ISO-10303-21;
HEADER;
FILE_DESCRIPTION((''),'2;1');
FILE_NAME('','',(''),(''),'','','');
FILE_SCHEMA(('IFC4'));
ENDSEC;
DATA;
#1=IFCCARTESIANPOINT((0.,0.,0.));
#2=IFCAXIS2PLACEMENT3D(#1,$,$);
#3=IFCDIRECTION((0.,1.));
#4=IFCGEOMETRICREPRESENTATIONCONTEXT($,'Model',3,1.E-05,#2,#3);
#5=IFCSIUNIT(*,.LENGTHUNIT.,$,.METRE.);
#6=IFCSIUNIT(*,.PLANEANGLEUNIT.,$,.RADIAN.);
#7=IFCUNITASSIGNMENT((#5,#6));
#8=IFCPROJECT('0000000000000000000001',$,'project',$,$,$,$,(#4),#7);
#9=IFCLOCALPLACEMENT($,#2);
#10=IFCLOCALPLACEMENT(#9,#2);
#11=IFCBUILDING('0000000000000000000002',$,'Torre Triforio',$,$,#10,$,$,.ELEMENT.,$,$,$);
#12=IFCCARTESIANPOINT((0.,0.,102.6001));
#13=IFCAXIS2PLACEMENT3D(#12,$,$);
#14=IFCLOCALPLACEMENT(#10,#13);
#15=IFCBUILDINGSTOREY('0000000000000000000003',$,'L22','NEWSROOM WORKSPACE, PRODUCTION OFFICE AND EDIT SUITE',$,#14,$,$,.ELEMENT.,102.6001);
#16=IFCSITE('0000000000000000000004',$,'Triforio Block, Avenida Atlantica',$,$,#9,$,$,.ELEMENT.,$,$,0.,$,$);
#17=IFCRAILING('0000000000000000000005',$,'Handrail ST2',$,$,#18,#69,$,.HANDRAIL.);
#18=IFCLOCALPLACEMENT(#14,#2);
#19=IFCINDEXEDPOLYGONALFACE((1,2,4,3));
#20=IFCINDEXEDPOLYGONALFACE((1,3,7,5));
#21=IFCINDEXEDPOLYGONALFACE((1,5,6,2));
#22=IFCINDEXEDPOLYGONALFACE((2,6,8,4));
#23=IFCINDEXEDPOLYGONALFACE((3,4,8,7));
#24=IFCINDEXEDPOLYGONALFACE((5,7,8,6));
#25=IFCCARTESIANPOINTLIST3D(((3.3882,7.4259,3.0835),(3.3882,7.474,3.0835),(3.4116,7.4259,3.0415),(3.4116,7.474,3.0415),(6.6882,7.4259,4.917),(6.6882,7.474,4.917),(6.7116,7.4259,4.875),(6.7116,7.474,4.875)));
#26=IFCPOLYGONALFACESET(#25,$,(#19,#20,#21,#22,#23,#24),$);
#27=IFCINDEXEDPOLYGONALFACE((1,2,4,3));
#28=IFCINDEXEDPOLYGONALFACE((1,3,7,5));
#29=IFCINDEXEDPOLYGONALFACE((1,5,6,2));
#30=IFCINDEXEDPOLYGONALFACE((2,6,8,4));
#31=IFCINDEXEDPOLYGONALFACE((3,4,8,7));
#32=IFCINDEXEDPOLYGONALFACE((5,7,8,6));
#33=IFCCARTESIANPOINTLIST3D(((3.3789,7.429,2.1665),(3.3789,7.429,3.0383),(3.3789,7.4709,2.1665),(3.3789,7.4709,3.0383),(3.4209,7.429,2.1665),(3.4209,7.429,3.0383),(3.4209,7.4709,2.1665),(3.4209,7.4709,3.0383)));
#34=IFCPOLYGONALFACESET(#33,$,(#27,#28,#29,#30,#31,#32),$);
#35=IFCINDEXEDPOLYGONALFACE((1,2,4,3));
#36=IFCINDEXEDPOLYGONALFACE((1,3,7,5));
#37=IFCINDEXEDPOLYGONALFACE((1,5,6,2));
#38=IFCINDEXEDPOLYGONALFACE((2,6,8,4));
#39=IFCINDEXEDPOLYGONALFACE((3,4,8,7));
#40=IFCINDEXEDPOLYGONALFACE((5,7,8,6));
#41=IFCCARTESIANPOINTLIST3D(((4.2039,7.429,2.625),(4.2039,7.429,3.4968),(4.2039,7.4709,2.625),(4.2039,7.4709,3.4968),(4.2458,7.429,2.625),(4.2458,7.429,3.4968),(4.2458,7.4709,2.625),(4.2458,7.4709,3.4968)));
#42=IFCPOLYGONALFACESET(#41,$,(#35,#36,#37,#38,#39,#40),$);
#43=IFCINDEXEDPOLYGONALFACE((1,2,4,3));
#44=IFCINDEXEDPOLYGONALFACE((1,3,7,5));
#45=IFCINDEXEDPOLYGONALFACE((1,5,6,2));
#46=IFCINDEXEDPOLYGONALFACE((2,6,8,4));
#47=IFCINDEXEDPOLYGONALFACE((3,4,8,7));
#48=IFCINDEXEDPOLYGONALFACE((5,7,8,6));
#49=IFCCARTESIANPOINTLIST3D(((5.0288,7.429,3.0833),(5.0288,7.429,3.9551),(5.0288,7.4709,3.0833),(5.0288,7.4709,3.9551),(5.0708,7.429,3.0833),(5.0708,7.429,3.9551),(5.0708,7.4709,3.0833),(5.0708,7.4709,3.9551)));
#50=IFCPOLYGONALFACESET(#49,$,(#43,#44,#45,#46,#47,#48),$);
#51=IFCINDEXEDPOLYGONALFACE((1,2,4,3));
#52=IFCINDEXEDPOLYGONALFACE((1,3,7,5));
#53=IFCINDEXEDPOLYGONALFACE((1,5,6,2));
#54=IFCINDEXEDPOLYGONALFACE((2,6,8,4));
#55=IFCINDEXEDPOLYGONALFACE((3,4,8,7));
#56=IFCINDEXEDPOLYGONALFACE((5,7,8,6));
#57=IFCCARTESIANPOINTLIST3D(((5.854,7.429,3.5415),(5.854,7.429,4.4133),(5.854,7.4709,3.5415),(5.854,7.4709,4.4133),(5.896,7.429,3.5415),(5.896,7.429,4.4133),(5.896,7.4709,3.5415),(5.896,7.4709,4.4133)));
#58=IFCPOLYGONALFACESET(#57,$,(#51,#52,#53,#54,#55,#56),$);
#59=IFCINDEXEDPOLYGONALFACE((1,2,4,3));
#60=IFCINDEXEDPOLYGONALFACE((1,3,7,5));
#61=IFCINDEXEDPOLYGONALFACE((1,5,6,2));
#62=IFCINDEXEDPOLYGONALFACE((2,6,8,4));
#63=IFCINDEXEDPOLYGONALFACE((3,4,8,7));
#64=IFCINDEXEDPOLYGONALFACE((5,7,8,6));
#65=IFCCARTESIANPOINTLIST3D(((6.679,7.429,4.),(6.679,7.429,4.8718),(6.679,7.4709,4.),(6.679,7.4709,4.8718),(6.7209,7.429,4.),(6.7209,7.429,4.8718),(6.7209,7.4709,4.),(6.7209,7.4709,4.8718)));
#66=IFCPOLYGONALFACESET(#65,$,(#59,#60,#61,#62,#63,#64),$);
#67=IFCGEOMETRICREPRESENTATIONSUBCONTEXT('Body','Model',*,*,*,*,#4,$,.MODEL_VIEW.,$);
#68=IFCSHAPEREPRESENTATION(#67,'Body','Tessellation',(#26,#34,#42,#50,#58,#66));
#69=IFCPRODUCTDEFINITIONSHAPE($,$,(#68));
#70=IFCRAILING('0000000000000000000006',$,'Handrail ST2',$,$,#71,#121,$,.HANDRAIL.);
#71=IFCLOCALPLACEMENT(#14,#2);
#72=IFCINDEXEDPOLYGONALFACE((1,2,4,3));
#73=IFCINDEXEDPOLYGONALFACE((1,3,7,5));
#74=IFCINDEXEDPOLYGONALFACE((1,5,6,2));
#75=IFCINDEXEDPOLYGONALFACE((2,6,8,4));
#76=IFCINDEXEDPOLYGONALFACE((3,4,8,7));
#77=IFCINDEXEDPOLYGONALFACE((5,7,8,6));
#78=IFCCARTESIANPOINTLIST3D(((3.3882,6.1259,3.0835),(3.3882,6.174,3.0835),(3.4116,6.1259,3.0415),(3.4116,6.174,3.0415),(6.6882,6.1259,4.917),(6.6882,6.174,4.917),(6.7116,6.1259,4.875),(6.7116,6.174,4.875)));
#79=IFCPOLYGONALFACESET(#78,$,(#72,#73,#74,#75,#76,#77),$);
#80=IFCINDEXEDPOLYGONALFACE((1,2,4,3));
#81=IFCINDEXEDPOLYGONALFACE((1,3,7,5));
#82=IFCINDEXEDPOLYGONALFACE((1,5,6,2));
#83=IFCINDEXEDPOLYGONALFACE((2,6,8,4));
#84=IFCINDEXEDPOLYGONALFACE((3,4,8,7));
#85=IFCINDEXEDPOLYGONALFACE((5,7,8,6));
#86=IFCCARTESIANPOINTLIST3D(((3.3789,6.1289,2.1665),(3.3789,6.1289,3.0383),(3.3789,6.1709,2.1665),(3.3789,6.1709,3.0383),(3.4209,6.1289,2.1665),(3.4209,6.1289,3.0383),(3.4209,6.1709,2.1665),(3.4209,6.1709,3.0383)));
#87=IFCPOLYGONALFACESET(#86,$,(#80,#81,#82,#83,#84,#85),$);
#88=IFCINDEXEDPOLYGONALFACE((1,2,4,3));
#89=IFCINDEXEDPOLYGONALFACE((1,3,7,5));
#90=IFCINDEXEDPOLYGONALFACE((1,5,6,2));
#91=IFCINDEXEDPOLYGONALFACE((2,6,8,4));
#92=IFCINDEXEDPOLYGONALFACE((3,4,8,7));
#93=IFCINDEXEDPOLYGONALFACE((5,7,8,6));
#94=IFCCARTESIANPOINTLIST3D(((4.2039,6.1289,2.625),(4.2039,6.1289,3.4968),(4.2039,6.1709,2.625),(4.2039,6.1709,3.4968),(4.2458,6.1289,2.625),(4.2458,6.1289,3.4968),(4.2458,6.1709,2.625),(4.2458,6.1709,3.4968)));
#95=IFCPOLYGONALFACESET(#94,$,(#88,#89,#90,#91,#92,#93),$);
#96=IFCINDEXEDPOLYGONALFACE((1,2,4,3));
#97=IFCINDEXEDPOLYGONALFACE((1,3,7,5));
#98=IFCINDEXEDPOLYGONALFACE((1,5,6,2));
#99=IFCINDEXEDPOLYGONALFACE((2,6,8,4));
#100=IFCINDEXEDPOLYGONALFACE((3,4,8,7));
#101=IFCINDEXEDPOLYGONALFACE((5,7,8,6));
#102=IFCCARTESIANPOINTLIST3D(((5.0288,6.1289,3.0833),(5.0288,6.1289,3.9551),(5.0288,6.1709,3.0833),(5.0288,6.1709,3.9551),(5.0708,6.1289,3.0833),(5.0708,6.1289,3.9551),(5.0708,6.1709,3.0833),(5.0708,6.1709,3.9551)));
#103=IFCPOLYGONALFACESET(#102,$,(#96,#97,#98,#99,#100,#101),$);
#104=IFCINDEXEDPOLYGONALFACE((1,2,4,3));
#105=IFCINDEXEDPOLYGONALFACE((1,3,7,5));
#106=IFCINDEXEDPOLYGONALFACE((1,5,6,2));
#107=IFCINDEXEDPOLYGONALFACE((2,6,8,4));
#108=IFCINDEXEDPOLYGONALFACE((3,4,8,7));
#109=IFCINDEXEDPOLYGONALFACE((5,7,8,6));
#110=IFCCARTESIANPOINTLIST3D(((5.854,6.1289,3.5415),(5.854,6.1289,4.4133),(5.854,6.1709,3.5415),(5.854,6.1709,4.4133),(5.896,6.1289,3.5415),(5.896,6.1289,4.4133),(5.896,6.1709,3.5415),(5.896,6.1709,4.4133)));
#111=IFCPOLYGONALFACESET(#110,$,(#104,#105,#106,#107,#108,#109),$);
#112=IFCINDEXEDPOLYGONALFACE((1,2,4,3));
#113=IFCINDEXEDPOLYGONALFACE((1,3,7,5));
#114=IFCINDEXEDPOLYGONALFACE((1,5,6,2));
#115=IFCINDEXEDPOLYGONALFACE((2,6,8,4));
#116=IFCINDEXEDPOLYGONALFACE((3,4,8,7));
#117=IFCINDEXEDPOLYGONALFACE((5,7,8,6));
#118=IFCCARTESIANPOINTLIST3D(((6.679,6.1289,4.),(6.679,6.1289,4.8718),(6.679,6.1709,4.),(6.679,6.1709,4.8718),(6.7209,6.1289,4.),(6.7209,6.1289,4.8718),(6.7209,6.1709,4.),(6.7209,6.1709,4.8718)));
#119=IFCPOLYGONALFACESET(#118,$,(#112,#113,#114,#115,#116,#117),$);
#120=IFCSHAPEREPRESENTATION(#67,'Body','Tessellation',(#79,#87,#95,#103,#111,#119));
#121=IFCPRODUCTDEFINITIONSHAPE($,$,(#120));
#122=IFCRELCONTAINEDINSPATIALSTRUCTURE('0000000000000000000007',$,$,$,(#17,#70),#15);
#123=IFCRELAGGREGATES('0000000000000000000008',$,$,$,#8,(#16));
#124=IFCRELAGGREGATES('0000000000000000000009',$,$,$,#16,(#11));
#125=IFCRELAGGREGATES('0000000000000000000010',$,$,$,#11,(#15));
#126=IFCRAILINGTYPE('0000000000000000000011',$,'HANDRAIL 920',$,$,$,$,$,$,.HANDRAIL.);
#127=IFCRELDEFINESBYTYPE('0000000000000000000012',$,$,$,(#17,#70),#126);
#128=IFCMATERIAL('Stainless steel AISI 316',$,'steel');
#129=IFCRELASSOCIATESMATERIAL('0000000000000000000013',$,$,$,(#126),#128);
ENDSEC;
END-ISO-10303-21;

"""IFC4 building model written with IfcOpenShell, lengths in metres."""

from ifc_helpers import new_model, si_unit, direction, frame, origin, origin_2d, place, context, subcontext, project, spatial, rectangle, extrude, material, type_object, element, save


model = new_model("IFC4")

# Units and contexts
model_context = context("Model", 3, precision=1e-05, world=origin(), true_north=direction((0.0, 1.0)))
body_context = subcontext(model_context, "Body", "Model", "MODEL_VIEW")
ifc_project = project(units=[si_unit("LENGTHUNIT", "METRE"), si_unit("PLANEANGLEUNIT", "RADIAN")], contexts=[model_context])

# Site, building, storey
site_placement = place(None, origin())
site = spatial("IfcSite", under=ifc_project, at=site_placement, Name="Triforio Block, Avenida Atlantica", CompositionType="ELEMENT", RefElevation=0.0)
building_placement = place(site_placement, origin())
building = spatial("IfcBuilding", under=site, at=building_placement, Name="Torre Triforio", CompositionType="ELEMENT")
storey_placement = place(building_placement, frame((0.0, 0.0, 102.6001)))
storey = spatial("IfcBuildingStorey", under=building, at=storey_placement, Name="L22", Description="NEWSROOM WORKSPACE, PRODUCTION OFFICE AND EDIT SUITE", CompositionType="ELEMENT", Elevation=102.6001)

# Railings
ifc_material_1 = material(Name="Stainless steel AISI 316", Category="steel")
railing_type = type_object("IfcRailingType", Name="HANDRAIL 920", PredefinedType="HANDRAIL", material=ifc_material_1)
for number, where, name in (
    (1, (3.3999, 7.45, 2.1665), "Handrail ST2"),
    (2, (3.3999, 6.1499, 2.1665), "Handrail ST2"),
):
    element("IfcRailing", number, at=place(storey_placement, frame(where)), inside=storey, type_object=railing_type, Name=name, PredefinedType="HANDRAIL", context=body_context, shape_type="SweptSolid", body=[
        extrude(rectangle(XDim=0.0481, YDim=0.0481, at=origin_2d()), frame((0.0, 0.0, 0.896), z_axis=(0.874142, 0.0, 0.48567), x_axis=(0.0, 1.0, 0.0)), (0.0, 0.0, 1.0), 3.7751),
        extrude(rectangle(XDim=0.042, YDim=0.042, at=origin_2d()), origin(), (0.0, 0.0, 1.0), 0.8718),
        extrude(rectangle(XDim=0.042, YDim=0.042, at=origin_2d()), frame((0.825, 0.0, 0.4585)), (0.0, 0.0, 1.0), 0.8718),
        extrude(rectangle(XDim=0.042, YDim=0.042, at=origin_2d()), frame((1.6499, 0.0, 0.9167)), (0.0, 0.0, 1.0), 0.8718),
        extrude(rectangle(XDim=0.042, YDim=0.042, at=origin_2d()), frame((2.4751, 0.0, 1.375)), (0.0, 0.0, 1.0), 0.8718),
        extrude(rectangle(XDim=0.042, YDim=0.042, at=origin_2d()), frame((3.3, 0.0, 1.8335)), (0.0, 0.0, 1.0), 0.8718),
    ])

save(model, "model.ifc")
